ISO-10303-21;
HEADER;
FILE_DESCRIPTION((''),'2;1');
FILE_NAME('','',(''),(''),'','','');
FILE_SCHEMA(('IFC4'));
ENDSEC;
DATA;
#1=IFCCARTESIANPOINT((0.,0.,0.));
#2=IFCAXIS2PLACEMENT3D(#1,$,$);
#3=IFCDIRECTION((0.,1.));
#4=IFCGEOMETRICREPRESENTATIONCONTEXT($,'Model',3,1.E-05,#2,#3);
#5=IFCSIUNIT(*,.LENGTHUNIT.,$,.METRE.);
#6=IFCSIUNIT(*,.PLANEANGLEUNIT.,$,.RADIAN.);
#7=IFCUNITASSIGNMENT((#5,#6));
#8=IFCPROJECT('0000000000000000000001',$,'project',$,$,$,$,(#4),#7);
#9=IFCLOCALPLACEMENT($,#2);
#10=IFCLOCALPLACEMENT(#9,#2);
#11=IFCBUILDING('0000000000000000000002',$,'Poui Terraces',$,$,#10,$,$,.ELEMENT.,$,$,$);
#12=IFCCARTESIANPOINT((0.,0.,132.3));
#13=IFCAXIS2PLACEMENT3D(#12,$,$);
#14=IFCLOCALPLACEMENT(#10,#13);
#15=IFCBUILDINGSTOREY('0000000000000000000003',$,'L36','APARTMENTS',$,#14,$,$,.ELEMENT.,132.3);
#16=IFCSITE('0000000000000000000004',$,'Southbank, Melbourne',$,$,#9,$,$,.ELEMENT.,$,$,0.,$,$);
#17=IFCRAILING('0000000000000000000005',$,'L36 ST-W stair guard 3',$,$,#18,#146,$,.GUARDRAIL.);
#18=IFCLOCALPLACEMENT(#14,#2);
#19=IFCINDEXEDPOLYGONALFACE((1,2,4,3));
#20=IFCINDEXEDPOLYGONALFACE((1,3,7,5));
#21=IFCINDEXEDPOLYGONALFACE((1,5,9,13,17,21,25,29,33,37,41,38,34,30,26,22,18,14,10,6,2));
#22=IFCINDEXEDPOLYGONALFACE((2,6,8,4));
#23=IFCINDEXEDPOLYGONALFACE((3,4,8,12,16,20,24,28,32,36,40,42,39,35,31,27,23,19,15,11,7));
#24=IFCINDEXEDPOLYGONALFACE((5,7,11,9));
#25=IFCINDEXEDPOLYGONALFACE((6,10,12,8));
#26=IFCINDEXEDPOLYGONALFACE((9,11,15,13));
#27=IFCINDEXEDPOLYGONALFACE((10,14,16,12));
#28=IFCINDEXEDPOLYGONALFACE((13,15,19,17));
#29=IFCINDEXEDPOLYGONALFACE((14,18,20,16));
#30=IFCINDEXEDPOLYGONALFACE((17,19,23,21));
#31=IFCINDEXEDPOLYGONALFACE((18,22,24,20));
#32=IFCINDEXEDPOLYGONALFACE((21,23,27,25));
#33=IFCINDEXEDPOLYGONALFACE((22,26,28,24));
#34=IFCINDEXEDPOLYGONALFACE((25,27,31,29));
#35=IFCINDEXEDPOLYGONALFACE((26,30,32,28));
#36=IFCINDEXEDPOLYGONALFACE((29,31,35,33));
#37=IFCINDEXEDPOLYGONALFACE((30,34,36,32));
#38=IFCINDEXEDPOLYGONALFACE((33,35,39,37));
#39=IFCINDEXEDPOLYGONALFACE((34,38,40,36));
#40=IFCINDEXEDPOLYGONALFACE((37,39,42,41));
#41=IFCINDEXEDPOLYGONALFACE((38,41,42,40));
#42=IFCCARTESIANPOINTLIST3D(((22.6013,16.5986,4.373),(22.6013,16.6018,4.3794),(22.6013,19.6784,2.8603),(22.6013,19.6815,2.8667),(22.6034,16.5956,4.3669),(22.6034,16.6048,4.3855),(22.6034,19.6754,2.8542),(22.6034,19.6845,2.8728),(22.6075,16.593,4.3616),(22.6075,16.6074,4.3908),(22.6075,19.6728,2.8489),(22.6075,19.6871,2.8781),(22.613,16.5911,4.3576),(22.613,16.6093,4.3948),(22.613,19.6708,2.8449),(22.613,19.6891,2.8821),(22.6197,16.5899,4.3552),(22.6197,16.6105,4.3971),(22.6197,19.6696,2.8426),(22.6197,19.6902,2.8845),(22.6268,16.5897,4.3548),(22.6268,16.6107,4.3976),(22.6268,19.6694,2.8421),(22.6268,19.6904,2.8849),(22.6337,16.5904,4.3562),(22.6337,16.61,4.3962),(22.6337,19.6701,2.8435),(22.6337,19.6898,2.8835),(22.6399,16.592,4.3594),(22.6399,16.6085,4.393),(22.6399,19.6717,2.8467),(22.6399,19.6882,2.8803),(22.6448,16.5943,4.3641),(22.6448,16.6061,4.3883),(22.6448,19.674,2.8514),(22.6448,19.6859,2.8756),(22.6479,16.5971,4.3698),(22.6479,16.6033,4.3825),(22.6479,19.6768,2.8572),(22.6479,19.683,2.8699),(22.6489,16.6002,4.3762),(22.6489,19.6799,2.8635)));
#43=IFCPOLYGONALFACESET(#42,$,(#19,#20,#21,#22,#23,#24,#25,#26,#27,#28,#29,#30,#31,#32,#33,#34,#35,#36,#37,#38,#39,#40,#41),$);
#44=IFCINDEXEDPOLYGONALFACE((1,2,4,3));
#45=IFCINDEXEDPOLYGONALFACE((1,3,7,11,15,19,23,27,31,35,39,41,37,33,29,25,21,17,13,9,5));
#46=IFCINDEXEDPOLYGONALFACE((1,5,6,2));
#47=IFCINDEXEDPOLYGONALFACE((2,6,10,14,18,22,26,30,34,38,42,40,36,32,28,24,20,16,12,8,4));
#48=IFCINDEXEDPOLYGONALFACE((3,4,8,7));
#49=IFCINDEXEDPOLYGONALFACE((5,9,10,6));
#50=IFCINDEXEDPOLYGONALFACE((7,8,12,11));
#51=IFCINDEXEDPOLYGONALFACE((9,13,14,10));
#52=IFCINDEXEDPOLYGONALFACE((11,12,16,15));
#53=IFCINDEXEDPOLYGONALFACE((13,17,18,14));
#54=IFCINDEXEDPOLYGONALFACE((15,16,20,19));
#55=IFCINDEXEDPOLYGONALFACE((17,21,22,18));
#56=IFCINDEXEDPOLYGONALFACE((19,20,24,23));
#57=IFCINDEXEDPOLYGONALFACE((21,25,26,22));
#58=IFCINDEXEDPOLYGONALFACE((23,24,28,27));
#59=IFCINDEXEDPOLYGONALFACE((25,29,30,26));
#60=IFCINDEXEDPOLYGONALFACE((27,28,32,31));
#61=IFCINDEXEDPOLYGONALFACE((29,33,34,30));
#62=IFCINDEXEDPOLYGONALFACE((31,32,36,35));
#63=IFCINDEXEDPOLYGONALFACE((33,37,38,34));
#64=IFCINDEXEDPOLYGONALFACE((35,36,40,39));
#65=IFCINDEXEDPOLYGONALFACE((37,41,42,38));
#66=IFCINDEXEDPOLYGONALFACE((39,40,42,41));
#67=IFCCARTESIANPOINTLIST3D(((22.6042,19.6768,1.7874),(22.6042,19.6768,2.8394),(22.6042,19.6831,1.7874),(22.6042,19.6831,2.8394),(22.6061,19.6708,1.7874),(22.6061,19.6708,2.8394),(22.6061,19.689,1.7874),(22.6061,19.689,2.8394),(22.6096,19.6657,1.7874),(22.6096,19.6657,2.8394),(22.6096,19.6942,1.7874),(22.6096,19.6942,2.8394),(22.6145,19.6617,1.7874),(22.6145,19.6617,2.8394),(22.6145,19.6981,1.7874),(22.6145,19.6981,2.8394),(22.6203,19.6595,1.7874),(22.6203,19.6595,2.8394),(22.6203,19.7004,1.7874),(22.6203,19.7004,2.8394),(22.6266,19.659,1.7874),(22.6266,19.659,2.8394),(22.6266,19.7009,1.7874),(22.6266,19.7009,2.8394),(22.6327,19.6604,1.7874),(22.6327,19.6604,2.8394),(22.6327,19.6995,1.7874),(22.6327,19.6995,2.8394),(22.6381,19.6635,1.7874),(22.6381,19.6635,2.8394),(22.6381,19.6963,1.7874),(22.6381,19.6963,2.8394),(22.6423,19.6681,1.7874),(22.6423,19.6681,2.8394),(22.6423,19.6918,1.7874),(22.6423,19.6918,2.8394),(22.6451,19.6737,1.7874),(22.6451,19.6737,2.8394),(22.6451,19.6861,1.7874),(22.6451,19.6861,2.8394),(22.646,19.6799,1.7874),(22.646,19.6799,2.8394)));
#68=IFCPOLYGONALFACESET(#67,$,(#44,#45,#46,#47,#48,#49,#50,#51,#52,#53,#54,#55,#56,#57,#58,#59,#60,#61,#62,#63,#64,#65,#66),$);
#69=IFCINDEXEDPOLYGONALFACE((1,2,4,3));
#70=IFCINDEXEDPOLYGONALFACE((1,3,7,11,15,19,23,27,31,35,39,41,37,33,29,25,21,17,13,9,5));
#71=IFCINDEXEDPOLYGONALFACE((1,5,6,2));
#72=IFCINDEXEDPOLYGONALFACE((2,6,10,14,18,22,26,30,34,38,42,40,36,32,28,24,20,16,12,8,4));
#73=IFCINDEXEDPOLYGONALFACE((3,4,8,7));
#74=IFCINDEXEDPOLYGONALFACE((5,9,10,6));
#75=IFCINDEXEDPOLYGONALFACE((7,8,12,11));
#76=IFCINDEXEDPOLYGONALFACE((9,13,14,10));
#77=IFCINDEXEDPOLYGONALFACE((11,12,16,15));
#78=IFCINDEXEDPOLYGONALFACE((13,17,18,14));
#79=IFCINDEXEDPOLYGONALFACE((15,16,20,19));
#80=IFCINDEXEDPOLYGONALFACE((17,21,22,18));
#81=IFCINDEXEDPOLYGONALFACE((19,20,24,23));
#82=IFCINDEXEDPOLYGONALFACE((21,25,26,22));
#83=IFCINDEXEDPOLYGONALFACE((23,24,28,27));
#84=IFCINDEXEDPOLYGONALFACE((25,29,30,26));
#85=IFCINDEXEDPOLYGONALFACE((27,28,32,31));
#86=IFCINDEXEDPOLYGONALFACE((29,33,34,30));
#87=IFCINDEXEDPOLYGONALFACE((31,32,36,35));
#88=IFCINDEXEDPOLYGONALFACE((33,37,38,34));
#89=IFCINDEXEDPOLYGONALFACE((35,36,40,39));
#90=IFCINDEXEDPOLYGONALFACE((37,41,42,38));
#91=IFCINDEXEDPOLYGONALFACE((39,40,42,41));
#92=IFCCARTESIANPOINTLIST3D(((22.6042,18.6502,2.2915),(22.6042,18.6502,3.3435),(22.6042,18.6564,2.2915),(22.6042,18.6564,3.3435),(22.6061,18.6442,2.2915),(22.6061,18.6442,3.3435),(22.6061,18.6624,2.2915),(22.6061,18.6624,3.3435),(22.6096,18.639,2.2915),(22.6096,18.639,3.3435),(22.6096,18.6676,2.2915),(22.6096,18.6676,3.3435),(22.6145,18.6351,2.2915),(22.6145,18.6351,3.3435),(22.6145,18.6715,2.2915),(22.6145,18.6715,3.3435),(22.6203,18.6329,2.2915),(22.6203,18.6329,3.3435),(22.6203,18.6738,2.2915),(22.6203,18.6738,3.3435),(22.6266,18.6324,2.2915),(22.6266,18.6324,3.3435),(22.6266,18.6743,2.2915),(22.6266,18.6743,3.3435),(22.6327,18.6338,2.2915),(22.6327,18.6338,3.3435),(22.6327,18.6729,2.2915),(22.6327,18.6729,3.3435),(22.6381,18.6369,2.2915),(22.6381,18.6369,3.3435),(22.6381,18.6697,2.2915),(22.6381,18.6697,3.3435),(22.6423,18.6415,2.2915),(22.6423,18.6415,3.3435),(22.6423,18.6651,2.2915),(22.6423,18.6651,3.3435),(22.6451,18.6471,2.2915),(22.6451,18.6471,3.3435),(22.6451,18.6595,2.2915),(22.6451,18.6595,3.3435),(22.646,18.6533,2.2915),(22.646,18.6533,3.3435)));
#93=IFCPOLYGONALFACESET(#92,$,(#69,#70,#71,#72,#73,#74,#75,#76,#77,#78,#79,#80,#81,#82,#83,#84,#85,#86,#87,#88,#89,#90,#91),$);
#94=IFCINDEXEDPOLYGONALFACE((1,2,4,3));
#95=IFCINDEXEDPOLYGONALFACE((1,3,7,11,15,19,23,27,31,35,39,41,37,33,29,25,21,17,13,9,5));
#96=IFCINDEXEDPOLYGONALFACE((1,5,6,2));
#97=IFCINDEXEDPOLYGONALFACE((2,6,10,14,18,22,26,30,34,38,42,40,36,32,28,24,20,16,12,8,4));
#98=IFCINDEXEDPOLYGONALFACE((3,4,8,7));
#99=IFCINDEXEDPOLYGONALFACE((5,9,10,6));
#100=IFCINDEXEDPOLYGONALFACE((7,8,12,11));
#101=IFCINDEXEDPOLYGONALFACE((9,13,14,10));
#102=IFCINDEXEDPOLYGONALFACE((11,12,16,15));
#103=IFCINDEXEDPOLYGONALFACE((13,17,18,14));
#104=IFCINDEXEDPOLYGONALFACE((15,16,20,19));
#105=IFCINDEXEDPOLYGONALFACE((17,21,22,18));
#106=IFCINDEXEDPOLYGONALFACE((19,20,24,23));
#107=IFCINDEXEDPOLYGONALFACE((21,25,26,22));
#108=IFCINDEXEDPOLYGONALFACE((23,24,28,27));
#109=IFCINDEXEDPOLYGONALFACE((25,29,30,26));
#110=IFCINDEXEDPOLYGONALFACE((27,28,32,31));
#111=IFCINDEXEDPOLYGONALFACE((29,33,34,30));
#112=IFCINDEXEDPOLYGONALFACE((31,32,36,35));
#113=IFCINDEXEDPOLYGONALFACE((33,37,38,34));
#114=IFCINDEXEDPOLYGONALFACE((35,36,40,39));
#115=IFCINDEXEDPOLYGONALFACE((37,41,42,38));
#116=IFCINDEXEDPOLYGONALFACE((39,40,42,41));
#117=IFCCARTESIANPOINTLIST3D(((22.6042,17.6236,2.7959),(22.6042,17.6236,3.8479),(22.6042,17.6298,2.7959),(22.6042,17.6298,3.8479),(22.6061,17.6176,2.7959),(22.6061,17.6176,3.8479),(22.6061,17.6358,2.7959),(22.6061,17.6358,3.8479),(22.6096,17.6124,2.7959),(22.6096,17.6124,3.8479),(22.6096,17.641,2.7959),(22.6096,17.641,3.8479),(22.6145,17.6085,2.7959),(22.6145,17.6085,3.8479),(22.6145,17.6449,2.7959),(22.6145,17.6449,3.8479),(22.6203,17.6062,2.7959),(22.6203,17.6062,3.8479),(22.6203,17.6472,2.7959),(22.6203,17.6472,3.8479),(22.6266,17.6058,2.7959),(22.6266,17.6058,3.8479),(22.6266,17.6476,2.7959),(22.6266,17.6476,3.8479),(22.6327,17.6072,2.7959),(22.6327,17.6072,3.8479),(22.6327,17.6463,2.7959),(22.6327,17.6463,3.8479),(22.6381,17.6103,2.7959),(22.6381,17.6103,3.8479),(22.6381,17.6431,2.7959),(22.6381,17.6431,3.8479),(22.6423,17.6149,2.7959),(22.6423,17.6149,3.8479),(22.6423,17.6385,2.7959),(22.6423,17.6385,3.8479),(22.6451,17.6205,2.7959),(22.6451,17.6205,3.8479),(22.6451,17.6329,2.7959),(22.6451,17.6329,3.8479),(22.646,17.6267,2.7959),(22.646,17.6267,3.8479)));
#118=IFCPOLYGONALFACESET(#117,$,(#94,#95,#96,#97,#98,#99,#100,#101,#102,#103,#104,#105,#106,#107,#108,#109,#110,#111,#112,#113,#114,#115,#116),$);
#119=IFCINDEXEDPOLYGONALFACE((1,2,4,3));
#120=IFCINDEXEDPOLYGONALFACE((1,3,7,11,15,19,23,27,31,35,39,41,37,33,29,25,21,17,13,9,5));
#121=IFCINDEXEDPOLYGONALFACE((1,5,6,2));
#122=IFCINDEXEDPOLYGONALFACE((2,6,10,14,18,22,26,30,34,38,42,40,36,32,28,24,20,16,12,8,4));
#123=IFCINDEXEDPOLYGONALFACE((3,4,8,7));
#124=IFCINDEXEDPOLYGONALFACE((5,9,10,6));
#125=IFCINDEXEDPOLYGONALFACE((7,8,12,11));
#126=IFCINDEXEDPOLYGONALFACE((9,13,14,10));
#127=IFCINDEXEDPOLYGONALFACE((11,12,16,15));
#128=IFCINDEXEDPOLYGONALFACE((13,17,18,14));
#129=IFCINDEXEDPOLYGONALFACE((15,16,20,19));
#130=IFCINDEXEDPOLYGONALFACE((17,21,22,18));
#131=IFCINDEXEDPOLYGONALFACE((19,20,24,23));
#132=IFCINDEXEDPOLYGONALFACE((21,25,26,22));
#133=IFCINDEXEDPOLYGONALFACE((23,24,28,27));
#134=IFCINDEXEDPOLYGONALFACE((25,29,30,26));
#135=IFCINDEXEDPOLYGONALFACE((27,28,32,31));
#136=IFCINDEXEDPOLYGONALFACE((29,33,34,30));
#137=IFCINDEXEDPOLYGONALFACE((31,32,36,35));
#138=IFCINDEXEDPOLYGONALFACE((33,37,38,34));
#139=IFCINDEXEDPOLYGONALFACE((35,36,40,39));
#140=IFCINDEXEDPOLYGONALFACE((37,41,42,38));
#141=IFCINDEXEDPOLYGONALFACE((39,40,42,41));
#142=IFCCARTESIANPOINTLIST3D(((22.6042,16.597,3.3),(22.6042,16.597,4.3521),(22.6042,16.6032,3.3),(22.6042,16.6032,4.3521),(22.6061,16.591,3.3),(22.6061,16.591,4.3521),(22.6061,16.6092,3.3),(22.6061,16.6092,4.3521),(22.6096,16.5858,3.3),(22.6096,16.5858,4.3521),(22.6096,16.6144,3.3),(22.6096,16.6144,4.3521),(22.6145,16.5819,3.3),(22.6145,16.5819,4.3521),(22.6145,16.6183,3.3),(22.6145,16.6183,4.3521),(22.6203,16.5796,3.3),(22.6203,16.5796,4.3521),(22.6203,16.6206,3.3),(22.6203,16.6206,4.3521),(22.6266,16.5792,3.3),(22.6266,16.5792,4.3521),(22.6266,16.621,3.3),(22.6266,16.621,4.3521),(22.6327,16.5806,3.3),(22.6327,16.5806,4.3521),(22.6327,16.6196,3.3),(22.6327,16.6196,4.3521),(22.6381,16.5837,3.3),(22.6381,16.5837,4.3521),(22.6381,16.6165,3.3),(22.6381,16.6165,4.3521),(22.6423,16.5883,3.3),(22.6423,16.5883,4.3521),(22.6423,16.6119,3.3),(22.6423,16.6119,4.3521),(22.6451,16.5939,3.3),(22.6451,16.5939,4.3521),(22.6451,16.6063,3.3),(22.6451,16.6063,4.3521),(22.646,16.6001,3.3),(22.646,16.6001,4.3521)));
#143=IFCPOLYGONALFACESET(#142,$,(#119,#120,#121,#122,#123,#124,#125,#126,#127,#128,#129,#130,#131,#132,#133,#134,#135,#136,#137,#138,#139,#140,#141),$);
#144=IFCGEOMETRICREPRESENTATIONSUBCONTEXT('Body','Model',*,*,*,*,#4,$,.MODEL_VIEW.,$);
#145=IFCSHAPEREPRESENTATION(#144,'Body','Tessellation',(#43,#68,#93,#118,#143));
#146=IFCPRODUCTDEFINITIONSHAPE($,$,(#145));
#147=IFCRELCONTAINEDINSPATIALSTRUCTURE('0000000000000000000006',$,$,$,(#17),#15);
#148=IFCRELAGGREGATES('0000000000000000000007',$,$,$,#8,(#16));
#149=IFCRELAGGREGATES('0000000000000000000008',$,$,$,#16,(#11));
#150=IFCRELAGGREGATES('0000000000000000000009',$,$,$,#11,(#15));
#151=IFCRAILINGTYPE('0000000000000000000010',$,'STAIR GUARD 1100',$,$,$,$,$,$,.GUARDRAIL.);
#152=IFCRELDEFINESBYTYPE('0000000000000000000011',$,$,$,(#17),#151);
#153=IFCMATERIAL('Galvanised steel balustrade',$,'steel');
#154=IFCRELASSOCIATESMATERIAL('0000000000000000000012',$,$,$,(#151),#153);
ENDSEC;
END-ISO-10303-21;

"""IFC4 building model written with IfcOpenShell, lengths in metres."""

from ifc_helpers import new_model, si_unit, direction, frame, origin, origin_2d, place, context, subcontext, project, spatial, circle, extrude, material, type_object, element, save


model = new_model("IFC4")

# Units and contexts
model_context = context("Model", 3, precision=1e-05, world=origin(), true_north=direction((0.0, 1.0)))
body_context = subcontext(model_context, "Body", "Model", "MODEL_VIEW")
ifc_project = project(units=[si_unit("LENGTHUNIT", "METRE"), si_unit("PLANEANGLEUNIT", "RADIAN")], contexts=[model_context])

# Site, building, storey
site_placement = place(None, origin())
site = spatial("IfcSite", under=ifc_project, at=site_placement, Name="Southbank, Melbourne", CompositionType="ELEMENT", RefElevation=0.0)
building_placement = place(site_placement, origin())
building = spatial("IfcBuilding", under=site, at=building_placement, Name="Poui Terraces", CompositionType="ELEMENT")
storey_placement = place(building_placement, frame((0.0, 0.0, 132.3)))
storey = spatial("IfcBuildingStorey", under=building, at=storey_placement, Name="L36", Description="APARTMENTS", CompositionType="ELEMENT", Elevation=132.3)

# Railing
ifc_material_1 = material(Name="Galvanised steel balustrade", Category="steel")
railing_type_1 = type_object("IfcRailingType", Name="STAIR GUARD 1100", PredefinedType="GUARDRAIL", material=ifc_material_1)
railing_1_placement = place(storey_placement, frame((22.625, 19.6799, 1.7874)))
element("IfcRailing", 1, at=railing_1_placement, inside=storey, type_object=railing_type_1, Name="L36 ST-W stair guard 3", PredefinedType="GUARDRAIL", context=body_context, shape_type="SweptSolid", body=[
    extrude(circle(Radius=0.0239, at=origin_2d()), frame((0.0, 0.0, 1.0762), z_axis=(0.0, -0.897578, 0.440856), x_axis=(1.0, 0.0, 0.0)), (0.0, 0.0, 1.0), 3.4312),
    extrude(circle(Radius=0.021, at=origin_2d()), origin(), (0.0, 0.0, 1.0), 1.052),
    extrude(circle(Radius=0.021, at=origin_2d()), frame((0.0, -1.0266, 0.5042)), (0.0, 0.0, 1.0), 1.052),
    extrude(circle(Radius=0.021, at=origin_2d()), frame((0.0, -2.0532, 1.0085)), (0.0, 0.0, 1.0), 1.052),
    extrude(circle(Radius=0.021, at=origin_2d()), frame((0.0, -3.0798, 1.5127)), (0.0, 0.0, 1.0), 1.052),
])

save(model, "model.ifc")
